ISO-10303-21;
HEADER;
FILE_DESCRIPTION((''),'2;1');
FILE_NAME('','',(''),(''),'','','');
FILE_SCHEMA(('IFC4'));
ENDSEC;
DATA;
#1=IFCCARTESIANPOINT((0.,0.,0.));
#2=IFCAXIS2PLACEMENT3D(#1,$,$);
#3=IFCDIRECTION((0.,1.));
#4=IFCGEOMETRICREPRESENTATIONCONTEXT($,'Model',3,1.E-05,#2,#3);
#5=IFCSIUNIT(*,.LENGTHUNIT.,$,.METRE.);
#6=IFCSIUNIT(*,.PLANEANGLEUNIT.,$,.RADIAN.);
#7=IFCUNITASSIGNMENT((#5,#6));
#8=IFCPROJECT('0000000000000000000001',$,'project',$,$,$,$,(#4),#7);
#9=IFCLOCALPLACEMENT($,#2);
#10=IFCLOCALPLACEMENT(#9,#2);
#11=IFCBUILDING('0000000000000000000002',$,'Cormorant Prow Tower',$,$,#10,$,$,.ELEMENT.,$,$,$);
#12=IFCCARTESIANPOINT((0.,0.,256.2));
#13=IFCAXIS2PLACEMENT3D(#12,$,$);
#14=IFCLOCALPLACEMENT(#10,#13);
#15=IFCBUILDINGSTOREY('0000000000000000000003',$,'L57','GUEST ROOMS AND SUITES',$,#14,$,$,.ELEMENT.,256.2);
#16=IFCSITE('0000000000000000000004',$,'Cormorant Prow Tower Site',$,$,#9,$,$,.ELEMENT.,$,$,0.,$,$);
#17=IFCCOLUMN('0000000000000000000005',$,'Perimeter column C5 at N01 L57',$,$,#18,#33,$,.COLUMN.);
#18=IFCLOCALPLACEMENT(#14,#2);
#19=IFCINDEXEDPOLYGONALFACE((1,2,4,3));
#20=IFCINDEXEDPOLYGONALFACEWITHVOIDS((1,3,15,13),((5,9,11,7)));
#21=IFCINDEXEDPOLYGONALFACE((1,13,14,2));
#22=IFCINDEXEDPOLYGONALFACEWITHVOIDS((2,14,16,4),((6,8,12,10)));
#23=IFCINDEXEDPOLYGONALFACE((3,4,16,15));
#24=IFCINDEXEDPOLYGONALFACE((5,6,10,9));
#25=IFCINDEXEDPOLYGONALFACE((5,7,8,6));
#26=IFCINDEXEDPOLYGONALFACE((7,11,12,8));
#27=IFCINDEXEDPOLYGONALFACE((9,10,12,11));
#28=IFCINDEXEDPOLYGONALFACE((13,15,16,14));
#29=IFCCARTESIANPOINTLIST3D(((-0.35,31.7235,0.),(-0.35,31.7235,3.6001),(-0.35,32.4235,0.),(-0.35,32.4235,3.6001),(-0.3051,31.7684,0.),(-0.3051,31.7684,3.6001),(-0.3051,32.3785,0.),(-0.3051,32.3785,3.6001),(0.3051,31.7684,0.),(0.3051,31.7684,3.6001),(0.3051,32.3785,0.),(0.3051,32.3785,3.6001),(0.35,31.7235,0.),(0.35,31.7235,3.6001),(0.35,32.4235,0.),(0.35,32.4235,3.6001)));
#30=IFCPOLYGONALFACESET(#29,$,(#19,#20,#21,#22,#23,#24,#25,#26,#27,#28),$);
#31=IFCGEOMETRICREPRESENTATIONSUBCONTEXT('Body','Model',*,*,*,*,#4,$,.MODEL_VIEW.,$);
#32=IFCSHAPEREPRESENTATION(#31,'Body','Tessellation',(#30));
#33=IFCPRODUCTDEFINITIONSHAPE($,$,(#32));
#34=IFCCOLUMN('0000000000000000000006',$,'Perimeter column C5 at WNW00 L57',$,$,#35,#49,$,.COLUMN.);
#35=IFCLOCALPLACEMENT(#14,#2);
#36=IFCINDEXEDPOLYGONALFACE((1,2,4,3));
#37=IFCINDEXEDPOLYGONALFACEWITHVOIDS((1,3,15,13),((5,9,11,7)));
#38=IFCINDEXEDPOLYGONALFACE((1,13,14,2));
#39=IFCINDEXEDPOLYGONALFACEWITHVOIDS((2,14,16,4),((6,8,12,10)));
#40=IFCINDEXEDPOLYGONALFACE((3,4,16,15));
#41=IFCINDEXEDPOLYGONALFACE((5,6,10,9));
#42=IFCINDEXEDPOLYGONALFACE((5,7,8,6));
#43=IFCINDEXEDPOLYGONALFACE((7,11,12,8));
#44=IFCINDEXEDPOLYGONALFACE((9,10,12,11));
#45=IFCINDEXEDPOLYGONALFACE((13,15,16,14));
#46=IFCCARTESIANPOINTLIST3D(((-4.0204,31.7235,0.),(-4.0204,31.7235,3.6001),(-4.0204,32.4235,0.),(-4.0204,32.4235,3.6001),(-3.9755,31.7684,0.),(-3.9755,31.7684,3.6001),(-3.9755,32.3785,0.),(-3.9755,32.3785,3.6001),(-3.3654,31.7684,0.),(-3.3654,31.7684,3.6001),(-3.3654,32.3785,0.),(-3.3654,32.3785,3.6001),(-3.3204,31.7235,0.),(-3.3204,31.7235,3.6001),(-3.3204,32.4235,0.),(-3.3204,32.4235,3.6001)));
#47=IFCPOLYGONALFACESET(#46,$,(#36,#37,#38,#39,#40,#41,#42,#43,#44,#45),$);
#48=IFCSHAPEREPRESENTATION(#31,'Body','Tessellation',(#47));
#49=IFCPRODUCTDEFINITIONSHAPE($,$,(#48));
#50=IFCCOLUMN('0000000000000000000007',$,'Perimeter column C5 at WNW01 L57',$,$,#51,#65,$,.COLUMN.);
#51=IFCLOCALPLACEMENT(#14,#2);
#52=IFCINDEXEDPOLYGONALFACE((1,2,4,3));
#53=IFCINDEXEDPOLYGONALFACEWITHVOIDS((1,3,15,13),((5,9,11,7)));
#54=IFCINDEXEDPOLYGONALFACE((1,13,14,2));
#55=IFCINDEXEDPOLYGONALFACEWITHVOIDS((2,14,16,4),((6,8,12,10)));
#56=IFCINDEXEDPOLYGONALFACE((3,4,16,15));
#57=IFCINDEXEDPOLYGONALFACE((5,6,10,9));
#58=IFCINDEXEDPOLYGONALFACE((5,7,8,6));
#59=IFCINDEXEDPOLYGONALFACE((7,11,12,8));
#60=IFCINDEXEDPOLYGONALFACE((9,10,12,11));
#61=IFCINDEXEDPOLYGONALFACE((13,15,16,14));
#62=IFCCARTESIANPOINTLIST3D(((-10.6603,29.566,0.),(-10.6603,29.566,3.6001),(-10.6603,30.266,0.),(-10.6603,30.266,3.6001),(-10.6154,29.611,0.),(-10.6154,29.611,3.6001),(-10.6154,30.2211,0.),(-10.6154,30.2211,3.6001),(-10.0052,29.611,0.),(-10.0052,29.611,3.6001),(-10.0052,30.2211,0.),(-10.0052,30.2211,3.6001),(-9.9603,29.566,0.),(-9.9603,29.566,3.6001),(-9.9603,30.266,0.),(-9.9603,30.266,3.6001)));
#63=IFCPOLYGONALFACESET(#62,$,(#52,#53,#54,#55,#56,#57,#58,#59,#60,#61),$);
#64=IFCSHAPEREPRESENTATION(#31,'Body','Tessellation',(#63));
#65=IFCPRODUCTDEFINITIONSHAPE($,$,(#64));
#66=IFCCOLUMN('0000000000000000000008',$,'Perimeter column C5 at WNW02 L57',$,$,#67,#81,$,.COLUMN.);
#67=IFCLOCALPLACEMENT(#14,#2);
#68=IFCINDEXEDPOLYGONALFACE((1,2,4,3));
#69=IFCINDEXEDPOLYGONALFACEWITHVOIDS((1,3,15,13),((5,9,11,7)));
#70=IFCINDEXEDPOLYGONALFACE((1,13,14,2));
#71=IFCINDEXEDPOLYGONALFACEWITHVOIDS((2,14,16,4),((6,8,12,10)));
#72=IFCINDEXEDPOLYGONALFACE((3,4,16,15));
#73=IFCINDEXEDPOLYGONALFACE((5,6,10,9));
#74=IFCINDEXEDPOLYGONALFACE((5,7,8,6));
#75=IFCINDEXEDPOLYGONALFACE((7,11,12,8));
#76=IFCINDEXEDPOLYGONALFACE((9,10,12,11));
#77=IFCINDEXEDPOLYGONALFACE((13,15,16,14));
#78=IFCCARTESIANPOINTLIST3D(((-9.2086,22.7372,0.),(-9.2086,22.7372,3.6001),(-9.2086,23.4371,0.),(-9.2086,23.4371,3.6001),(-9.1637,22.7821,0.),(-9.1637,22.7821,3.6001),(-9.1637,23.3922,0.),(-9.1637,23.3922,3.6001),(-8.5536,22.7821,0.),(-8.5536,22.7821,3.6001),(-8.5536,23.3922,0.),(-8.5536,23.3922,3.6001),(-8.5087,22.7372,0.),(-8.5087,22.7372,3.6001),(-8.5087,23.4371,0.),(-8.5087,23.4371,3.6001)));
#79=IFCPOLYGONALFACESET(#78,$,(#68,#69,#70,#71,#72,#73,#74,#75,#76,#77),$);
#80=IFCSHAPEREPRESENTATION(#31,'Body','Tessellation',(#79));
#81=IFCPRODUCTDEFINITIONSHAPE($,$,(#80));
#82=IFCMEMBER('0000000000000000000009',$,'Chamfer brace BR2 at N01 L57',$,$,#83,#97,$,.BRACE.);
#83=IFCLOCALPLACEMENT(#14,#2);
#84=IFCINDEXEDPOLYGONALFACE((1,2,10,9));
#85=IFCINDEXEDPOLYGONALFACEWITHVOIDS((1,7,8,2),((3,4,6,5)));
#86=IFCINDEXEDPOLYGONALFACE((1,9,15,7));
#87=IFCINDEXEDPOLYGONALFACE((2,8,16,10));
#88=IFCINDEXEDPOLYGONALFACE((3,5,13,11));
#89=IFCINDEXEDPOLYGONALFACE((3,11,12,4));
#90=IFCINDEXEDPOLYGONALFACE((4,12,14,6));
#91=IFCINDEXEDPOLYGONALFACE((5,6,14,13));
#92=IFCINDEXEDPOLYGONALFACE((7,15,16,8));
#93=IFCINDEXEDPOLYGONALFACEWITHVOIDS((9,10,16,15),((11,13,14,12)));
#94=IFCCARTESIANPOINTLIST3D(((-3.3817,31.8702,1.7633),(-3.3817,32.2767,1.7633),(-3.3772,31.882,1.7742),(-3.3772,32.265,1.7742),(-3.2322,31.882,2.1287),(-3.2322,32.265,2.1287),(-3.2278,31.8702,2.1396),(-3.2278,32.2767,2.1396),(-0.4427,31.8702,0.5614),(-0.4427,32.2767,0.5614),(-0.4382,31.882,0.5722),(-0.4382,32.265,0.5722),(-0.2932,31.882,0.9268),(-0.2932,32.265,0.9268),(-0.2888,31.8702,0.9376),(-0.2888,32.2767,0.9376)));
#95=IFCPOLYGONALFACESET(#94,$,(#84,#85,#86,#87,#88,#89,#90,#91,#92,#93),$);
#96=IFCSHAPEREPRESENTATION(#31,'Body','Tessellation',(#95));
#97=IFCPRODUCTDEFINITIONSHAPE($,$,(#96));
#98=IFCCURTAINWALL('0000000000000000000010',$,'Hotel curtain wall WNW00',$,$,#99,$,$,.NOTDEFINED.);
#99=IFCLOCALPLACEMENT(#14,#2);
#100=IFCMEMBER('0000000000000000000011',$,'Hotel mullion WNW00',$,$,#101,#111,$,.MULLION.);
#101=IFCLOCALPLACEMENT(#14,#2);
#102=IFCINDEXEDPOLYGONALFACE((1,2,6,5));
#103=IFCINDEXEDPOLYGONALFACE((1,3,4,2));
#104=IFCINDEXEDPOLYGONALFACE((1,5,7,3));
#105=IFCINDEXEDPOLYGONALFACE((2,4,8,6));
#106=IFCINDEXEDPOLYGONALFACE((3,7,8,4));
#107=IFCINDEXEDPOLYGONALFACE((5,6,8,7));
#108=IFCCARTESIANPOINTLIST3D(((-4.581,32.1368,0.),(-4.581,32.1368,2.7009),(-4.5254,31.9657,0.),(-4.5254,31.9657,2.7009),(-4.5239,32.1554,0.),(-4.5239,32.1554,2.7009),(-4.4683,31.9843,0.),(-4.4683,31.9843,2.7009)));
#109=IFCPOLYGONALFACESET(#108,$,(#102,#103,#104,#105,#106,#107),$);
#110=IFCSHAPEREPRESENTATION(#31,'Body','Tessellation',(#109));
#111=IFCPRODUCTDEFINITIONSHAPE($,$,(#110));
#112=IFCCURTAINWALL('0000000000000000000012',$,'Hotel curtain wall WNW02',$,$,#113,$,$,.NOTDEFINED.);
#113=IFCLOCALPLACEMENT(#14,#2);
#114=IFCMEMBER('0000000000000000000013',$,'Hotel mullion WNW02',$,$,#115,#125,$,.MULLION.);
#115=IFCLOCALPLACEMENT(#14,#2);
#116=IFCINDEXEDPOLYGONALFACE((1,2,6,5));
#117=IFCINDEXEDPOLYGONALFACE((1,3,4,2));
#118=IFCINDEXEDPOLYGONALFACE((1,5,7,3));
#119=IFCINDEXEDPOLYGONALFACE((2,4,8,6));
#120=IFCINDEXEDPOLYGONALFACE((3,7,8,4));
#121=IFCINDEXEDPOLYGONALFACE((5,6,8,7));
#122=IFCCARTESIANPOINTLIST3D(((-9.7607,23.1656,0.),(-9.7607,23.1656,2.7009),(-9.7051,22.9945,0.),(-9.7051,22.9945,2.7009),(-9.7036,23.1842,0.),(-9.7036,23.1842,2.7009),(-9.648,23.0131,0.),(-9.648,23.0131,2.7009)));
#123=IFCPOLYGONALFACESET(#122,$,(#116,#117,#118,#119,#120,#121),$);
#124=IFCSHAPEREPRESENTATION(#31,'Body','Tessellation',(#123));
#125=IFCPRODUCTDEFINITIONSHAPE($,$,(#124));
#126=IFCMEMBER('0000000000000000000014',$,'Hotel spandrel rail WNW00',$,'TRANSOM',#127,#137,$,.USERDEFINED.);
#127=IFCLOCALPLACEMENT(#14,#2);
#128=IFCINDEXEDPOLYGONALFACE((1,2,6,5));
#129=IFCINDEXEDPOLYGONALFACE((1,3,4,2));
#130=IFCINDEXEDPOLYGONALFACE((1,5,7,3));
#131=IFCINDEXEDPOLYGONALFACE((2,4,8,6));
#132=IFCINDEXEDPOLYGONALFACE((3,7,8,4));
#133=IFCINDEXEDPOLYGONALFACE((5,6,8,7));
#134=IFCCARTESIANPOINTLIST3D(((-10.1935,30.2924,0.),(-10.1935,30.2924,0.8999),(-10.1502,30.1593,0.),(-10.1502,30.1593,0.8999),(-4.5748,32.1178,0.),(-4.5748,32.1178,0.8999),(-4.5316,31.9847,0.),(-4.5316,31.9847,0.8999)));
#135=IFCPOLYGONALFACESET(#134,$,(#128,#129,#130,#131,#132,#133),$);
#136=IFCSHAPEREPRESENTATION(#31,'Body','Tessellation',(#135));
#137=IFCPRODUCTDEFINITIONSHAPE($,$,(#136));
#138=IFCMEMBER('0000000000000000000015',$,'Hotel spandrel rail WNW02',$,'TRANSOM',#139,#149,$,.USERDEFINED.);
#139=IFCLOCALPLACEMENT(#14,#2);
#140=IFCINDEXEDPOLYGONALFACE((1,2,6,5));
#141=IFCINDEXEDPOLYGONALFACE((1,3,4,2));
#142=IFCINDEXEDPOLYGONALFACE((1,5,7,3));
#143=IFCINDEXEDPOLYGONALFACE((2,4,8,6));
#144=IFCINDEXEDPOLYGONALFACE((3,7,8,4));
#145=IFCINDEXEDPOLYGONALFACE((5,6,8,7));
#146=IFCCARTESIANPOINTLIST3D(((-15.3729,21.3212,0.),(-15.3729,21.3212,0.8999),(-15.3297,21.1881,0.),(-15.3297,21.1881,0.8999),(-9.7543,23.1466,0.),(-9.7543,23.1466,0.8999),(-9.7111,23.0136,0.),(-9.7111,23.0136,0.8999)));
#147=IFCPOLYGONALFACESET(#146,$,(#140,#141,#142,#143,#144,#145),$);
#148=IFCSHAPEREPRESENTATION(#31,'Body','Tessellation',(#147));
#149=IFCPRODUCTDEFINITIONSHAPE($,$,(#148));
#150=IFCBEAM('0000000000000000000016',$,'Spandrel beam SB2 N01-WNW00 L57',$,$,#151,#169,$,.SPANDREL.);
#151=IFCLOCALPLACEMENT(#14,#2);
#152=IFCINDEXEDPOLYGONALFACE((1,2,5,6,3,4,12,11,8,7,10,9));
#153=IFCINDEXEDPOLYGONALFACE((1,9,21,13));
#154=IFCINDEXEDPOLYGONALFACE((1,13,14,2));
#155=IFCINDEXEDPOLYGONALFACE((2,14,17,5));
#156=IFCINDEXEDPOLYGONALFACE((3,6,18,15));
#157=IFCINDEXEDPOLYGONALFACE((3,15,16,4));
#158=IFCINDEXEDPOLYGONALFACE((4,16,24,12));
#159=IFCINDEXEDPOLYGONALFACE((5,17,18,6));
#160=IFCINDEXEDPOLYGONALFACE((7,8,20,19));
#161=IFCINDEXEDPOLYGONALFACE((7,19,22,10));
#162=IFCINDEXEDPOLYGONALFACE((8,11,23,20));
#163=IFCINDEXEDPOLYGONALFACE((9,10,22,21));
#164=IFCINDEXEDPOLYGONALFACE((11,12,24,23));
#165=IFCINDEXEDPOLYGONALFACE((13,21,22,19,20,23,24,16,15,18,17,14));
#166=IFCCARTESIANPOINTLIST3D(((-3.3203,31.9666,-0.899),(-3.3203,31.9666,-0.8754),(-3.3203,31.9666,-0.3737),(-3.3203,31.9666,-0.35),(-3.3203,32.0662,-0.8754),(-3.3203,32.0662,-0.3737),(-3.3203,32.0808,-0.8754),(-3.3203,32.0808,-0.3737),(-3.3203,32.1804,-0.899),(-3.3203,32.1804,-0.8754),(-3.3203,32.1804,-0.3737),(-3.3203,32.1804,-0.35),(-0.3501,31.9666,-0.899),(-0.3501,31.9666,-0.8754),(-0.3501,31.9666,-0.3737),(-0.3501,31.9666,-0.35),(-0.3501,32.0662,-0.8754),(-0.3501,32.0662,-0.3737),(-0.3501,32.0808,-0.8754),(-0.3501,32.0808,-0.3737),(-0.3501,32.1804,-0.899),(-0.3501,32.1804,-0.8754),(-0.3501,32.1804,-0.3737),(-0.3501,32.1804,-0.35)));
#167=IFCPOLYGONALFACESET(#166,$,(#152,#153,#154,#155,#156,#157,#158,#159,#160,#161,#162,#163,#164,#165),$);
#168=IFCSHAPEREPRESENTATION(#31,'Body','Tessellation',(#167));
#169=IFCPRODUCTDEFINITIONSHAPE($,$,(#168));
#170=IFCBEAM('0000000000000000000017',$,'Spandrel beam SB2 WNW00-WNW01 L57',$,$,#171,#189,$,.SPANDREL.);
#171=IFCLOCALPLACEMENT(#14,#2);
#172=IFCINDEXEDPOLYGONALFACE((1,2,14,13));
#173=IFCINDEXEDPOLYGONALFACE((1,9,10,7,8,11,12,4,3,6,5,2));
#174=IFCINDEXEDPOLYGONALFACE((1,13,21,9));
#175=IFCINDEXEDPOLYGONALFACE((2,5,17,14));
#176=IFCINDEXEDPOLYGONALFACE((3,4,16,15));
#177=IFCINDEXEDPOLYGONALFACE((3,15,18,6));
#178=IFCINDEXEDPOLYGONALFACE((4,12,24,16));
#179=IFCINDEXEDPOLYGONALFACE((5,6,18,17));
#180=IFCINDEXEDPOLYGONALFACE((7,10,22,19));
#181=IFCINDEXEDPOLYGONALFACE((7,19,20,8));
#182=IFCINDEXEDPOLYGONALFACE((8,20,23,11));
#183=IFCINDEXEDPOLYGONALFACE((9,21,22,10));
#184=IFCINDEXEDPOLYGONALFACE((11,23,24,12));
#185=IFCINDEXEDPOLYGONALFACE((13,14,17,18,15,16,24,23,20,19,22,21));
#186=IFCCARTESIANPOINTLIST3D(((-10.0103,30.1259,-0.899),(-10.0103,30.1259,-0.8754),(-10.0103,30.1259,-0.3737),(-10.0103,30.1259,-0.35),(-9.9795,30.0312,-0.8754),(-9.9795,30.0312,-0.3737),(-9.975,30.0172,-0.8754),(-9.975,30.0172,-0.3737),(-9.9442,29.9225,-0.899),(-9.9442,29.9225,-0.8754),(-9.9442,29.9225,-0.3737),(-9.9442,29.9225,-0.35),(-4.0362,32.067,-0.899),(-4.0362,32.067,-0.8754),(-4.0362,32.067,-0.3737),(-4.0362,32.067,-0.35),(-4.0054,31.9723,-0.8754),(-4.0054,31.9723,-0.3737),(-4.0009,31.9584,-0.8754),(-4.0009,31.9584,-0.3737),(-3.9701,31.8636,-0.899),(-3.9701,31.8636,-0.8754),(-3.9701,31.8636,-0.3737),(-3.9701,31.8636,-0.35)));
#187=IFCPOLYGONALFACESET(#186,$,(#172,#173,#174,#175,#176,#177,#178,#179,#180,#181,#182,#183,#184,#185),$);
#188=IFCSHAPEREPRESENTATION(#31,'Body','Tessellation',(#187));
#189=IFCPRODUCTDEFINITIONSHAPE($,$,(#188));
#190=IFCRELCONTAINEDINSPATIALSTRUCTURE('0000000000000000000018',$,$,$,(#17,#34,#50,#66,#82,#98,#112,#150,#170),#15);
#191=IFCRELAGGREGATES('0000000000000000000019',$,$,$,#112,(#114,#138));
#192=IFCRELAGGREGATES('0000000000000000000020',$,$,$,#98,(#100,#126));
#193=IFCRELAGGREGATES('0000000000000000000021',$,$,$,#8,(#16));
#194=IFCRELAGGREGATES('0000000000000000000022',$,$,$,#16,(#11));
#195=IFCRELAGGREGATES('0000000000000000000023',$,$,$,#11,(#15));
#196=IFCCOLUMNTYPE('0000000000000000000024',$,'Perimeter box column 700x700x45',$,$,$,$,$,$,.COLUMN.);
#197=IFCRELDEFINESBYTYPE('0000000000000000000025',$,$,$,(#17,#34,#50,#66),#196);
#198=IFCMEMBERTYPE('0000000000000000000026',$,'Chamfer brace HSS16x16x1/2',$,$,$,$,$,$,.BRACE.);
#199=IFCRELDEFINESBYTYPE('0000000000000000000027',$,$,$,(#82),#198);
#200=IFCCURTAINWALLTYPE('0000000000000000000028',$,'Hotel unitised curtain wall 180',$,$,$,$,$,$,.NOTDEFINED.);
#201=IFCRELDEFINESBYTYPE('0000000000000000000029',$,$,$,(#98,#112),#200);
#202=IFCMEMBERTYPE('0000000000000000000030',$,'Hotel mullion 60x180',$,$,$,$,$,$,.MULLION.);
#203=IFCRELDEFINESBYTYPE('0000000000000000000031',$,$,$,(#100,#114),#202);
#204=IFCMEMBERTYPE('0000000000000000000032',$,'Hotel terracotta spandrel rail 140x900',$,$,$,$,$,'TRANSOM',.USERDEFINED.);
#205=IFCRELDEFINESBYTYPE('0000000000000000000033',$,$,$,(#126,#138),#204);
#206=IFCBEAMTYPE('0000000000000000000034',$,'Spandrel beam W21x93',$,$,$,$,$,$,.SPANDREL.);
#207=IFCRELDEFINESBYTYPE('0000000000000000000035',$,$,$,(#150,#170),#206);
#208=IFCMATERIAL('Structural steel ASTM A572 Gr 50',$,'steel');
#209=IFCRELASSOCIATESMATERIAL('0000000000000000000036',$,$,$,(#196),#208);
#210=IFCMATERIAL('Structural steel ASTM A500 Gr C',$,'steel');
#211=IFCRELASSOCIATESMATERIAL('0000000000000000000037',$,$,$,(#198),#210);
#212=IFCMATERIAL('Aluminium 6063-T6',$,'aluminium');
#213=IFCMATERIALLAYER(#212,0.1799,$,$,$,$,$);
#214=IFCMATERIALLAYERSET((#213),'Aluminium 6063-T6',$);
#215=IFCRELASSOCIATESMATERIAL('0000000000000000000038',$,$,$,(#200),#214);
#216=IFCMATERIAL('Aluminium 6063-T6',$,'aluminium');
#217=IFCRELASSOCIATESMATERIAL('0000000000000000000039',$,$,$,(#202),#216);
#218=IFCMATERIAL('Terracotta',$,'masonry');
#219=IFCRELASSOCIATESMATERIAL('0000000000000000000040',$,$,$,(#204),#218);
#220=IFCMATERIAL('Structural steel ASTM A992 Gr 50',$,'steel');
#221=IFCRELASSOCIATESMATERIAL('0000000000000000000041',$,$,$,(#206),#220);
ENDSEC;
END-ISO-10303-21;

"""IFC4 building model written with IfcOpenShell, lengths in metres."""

from ifc_helpers import new_model, si_unit, direction, frame, origin, origin_2d, place, context, subcontext, project, spatial, rectangle, hollow_rectangle, i_section, extrude, material, layer, layer_set, material_profile, profile_set, type_object, element, aggregate, save


model = new_model("IFC4")

# Units and contexts
model_context = context("Model", 3, precision=1e-05, world=origin(), true_north=direction((0.0, 1.0)))
body_context = subcontext(model_context, "Body", "Model", "MODEL_VIEW")
ifc_project = project(units=[si_unit("LENGTHUNIT", "METRE"), si_unit("PLANEANGLEUNIT", "RADIAN")], contexts=[model_context])

# Site, building, storey
site_placement = place(None, origin())
site = spatial("IfcSite", under=ifc_project, at=site_placement, Name="Cormorant Prow Tower Site", CompositionType="ELEMENT", RefElevation=0.0)
building_placement = place(site_placement, origin())
building = spatial("IfcBuilding", under=site, at=building_placement, Name="Cormorant Prow Tower", CompositionType="ELEMENT")
storey_placement = place(building_placement, frame((0.0, 0.0, 256.2)))
storey = spatial("IfcBuildingStorey", under=building, at=storey_placement, Name="L57", Description="GUEST ROOMS AND SUITES", CompositionType="ELEMENT", Elevation=256.2)

# Columns
ifc_material_1 = material(Name="Structural steel ASTM A572 Gr 50", Category="steel")
ifc_material_profile_1 = material_profile(ifc_material_1, hollow_rectangle(XDim=0.7, YDim=0.7, WallThickness=0.0449, at=origin_2d()), Name="Box 700x700x45")
ifc_profile_set_1 = profile_set([ifc_material_profile_1], Name="Structural steel ASTM A572 Gr 50")
column_type = type_object("IfcColumnType", Name="Perimeter box column 700x700x45", PredefinedType="COLUMN", material=ifc_profile_set_1)
for number, where, z_axis, x_axis, name in (
    (1, (0.0, 32.0735, 0.0), (0.0, 0.0, 1.0), (1.0, 0.0, 0.0), "Perimeter column C5 at N01 L57"),
    (2, (-3.6704, 32.0735, 0.0), (0.0, 0.0, 1.0), (1.0, 0.0, 0.0), "Perimeter column C5 at WNW00 L57"),
    (3, (-10.3103, 29.916, 0.0), (0.0, 0.0, 1.0), (1.0, 0.0, 0.0), "Perimeter column C5 at WNW01 L57"),
    (4, (-8.8586, 23.0872, 0.0), (0.0, 0.0, 1.0), (1.0, 0.0, 0.0), "Perimeter column C5 at WNW02 L57"),
):
    element("IfcColumn", number, at=place(storey_placement, frame(where, z_axis=z_axis, x_axis=x_axis)), inside=storey, type_object=column_type, Name=name, PredefinedType="COLUMN", context=body_context, shape_type="SweptSolid", body=[
        extrude(hollow_rectangle(XDim=0.7, YDim=0.7, WallThickness=0.0449, at=origin_2d()), origin(), (0.0, 0.0, 1.0), 3.6001),
    ])

# Member
ifc_material_2 = material(Name="Structural steel ASTM A500 Gr C", Category="steel")
ifc_material_profile_2 = material_profile(ifc_material_2, hollow_rectangle(XDim=0.4065, YDim=0.4065, WallThickness=0.0117, at=origin_2d()), Name="HSS16x16x1/2")
ifc_profile_set_2 = profile_set([ifc_material_profile_2], Name="Structural steel ASTM A500 Gr C")
member_type_1 = type_object("IfcMemberType", Name="Chamfer brace HSS16x16x1/2", PredefinedType="BRACE", material=ifc_profile_set_2)
member_1_placement = place(storey_placement, frame((-0.3657, 32.0735, 0.7495), z_axis=(-0.925591, 0.0, 0.378525), x_axis=(0.0, -1.0, 0.0)))
element("IfcMember", 5, at=member_1_placement, inside=storey, type_object=member_type_1, Name="Chamfer brace BR2 at N01 L57", PredefinedType="BRACE", context=body_context, shape_type="SweptSolid", body=[
    extrude(hollow_rectangle(XDim=0.4065, YDim=0.4065, WallThickness=0.0117, at=origin_2d()), origin(), (0.0, 0.0, 1.0), 3.1753),
])

# Curtain walls, members
ifc_material_3 = material(Name="Aluminium 6063-T6", Category="aluminium")
ifc_layer_1 = layer(ifc_material_3, 0.1799)
ifc_layer_set_1 = layer_set([ifc_layer_1], Name="Aluminium 6063-T6")
curtain_wall_type = type_object("IfcCurtainWallType", Name="Hotel unitised curtain wall 180", PredefinedType="NOTDEFINED", material=ifc_layer_set_1)
curtain_wall_1_placement = place(storey_placement, origin())
curtain_wall_1 = element("IfcCurtainWall", 6, at=curtain_wall_1_placement, inside=storey, type_object=curtain_wall_type, Name="Hotel curtain wall WNW00", PredefinedType="NOTDEFINED")
ifc_material_4 = material(Name="Aluminium 6063-T6", Category="aluminium")
ifc_material_profile_3 = material_profile(ifc_material_4, rectangle(XDim=0.1799, YDim=0.0601, at=origin_2d()), Name="Hotel mullion 60x180")
ifc_profile_set_3 = profile_set([ifc_material_profile_3], Name="Aluminium 6063-T6")
member_type_2 = type_object("IfcMemberType", Name="Hotel mullion 60x180", PredefinedType="MULLION", material=ifc_profile_set_3)
member_2_placement = place(storey_placement, frame((-4.5247, 32.0605, 0.0), z_axis=(0.0, 0.0, 1.0), x_axis=(0.309017, -0.951057, 0.0)))
member_2 = element("IfcMember", 7, at=member_2_placement, type_object=member_type_2, Name="Hotel mullion WNW00", PredefinedType="MULLION", context=body_context, shape_type="SweptSolid", body=[
    extrude(rectangle(XDim=0.1799, YDim=0.0601, at=origin_2d()), origin(), (0.0, 0.0, 1.0), 2.7009),
])
curtain_wall_2_placement = place(storey_placement, origin())
curtain_wall_2 = element("IfcCurtainWall", 8, at=curtain_wall_2_placement, inside=storey, type_object=curtain_wall_type, Name="Hotel curtain wall WNW02", PredefinedType="NOTDEFINED")
member_3_placement = place(storey_placement, frame((-9.7043, 23.0894, 0.0), z_axis=(0.0, 0.0, 1.0), x_axis=(0.309017, -0.951057, 0.0)))
member_3 = element("IfcMember", 9, at=member_3_placement, type_object=member_type_2, Name="Hotel mullion WNW02", PredefinedType="MULLION", context=body_context, shape_type="SweptSolid", body=[
    extrude(rectangle(XDim=0.1799, YDim=0.0601, at=origin_2d()), origin(), (0.0, 0.0, 1.0), 2.7009),
])

# Members
ifc_material_5 = material(Name="Terracotta", Category="masonry")
ifc_material_profile_4 = material_profile(ifc_material_5, rectangle(XDim=0.1399, YDim=0.8999, at=origin_2d()), Name="Hotel terracotta spandrel rail 140x900")
ifc_profile_set_4 = profile_set([ifc_material_profile_4], Name="Terracotta")
member_type_3 = type_object("IfcMemberType", Name="Hotel terracotta spandrel rail 140x900", ElementType="TRANSOM", PredefinedType="USERDEFINED", material=ifc_profile_set_4)
member_4_placement = place(storey_placement, frame((-4.5532, 32.0513, 0.45), z_axis=(-0.951065, -0.308991, 0.0), x_axis=(0.308991, -0.951065, 0.0)))
member_4 = element("IfcMember", 10, at=member_4_placement, type_object=member_type_3, Name="Hotel spandrel rail WNW00", ObjectType="TRANSOM", PredefinedType="USERDEFINED", context=body_context, shape_type="SweptSolid", body=[
    extrude(rectangle(XDim=0.1399, YDim=0.8999, at=origin_2d()), origin(), (0.0, 0.0, 1.0), 5.9077),
])
member_5_placement = place(storey_placement, frame((-9.7327, 23.0801, 0.45), z_axis=(-0.951065, -0.308991, 0.0), x_axis=(0.308991, -0.951065, 0.0)))
member_5 = element("IfcMember", 11, at=member_5_placement, type_object=member_type_3, Name="Hotel spandrel rail WNW02", ObjectType="TRANSOM", PredefinedType="USERDEFINED", context=body_context, shape_type="SweptSolid", body=[
    extrude(rectangle(XDim=0.1399, YDim=0.8999, at=origin_2d()), origin(), (0.0, 0.0, 1.0), 5.9077),
])
aggregate(curtain_wall_2, [member_3, member_5])

# Beams
ifc_material_6 = material(Name="Structural steel ASTM A992 Gr 50", Category="steel")
ifc_material_profile_5 = material_profile(ifc_material_6, i_section(OverallWidth=0.2139, OverallDepth=0.5491, WebThickness=0.0146, FlangeThickness=0.0237, at=origin_2d()), Name="W21x93")
ifc_profile_set_5 = profile_set([ifc_material_profile_5], Name="Structural steel ASTM A992 Gr 50")
beam_type = type_object("IfcBeamType", Name="Spandrel beam W21x93", PredefinedType="SPANDREL", material=ifc_profile_set_5)
beam_placement = place(storey_placement, frame((-0.3501, 32.0735, -0.6245), z_axis=(-1.0, 0.0, 0.0), x_axis=(0.0, -1.0, 0.0)))
element("IfcBeam", 12, at=beam_placement, inside=storey, type_object=beam_type, Name="Spandrel beam SB2 N01-WNW00 L57", PredefinedType="SPANDREL", context=body_context, shape_type="SweptSolid", body=[
    extrude(i_section(OverallWidth=0.2139, OverallDepth=0.5491, WebThickness=0.0146, FlangeThickness=0.0237, at=origin_2d()), origin(), (0.0, 0.0, 1.0), 2.9702),
])
for number, where, z_axis, x_axis, name in (
    (13, (-4.0032, 31.9653, -0.6245), (-0.951054, -0.309025, 0.0), (0.309025, -0.951054, 0.0), "Spandrel beam SB2 WNW00-WNW01 L57"),
):
    element("IfcBeam", number, at=place(storey_placement, frame(where, z_axis=z_axis, x_axis=x_axis)), inside=storey, type_object=beam_type, Name=name, PredefinedType="SPANDREL", context=body_context, shape_type="SweptSolid", body=[
        extrude(i_section(OverallWidth=0.2139, OverallDepth=0.5491, WebThickness=0.0146, FlangeThickness=0.0237, at=origin_2d()), origin(), (0.0, 0.0, 1.0), 6.2815),
    ])

aggregate(curtain_wall_1, [member_2, member_4])

save(model, "model.ifc")
